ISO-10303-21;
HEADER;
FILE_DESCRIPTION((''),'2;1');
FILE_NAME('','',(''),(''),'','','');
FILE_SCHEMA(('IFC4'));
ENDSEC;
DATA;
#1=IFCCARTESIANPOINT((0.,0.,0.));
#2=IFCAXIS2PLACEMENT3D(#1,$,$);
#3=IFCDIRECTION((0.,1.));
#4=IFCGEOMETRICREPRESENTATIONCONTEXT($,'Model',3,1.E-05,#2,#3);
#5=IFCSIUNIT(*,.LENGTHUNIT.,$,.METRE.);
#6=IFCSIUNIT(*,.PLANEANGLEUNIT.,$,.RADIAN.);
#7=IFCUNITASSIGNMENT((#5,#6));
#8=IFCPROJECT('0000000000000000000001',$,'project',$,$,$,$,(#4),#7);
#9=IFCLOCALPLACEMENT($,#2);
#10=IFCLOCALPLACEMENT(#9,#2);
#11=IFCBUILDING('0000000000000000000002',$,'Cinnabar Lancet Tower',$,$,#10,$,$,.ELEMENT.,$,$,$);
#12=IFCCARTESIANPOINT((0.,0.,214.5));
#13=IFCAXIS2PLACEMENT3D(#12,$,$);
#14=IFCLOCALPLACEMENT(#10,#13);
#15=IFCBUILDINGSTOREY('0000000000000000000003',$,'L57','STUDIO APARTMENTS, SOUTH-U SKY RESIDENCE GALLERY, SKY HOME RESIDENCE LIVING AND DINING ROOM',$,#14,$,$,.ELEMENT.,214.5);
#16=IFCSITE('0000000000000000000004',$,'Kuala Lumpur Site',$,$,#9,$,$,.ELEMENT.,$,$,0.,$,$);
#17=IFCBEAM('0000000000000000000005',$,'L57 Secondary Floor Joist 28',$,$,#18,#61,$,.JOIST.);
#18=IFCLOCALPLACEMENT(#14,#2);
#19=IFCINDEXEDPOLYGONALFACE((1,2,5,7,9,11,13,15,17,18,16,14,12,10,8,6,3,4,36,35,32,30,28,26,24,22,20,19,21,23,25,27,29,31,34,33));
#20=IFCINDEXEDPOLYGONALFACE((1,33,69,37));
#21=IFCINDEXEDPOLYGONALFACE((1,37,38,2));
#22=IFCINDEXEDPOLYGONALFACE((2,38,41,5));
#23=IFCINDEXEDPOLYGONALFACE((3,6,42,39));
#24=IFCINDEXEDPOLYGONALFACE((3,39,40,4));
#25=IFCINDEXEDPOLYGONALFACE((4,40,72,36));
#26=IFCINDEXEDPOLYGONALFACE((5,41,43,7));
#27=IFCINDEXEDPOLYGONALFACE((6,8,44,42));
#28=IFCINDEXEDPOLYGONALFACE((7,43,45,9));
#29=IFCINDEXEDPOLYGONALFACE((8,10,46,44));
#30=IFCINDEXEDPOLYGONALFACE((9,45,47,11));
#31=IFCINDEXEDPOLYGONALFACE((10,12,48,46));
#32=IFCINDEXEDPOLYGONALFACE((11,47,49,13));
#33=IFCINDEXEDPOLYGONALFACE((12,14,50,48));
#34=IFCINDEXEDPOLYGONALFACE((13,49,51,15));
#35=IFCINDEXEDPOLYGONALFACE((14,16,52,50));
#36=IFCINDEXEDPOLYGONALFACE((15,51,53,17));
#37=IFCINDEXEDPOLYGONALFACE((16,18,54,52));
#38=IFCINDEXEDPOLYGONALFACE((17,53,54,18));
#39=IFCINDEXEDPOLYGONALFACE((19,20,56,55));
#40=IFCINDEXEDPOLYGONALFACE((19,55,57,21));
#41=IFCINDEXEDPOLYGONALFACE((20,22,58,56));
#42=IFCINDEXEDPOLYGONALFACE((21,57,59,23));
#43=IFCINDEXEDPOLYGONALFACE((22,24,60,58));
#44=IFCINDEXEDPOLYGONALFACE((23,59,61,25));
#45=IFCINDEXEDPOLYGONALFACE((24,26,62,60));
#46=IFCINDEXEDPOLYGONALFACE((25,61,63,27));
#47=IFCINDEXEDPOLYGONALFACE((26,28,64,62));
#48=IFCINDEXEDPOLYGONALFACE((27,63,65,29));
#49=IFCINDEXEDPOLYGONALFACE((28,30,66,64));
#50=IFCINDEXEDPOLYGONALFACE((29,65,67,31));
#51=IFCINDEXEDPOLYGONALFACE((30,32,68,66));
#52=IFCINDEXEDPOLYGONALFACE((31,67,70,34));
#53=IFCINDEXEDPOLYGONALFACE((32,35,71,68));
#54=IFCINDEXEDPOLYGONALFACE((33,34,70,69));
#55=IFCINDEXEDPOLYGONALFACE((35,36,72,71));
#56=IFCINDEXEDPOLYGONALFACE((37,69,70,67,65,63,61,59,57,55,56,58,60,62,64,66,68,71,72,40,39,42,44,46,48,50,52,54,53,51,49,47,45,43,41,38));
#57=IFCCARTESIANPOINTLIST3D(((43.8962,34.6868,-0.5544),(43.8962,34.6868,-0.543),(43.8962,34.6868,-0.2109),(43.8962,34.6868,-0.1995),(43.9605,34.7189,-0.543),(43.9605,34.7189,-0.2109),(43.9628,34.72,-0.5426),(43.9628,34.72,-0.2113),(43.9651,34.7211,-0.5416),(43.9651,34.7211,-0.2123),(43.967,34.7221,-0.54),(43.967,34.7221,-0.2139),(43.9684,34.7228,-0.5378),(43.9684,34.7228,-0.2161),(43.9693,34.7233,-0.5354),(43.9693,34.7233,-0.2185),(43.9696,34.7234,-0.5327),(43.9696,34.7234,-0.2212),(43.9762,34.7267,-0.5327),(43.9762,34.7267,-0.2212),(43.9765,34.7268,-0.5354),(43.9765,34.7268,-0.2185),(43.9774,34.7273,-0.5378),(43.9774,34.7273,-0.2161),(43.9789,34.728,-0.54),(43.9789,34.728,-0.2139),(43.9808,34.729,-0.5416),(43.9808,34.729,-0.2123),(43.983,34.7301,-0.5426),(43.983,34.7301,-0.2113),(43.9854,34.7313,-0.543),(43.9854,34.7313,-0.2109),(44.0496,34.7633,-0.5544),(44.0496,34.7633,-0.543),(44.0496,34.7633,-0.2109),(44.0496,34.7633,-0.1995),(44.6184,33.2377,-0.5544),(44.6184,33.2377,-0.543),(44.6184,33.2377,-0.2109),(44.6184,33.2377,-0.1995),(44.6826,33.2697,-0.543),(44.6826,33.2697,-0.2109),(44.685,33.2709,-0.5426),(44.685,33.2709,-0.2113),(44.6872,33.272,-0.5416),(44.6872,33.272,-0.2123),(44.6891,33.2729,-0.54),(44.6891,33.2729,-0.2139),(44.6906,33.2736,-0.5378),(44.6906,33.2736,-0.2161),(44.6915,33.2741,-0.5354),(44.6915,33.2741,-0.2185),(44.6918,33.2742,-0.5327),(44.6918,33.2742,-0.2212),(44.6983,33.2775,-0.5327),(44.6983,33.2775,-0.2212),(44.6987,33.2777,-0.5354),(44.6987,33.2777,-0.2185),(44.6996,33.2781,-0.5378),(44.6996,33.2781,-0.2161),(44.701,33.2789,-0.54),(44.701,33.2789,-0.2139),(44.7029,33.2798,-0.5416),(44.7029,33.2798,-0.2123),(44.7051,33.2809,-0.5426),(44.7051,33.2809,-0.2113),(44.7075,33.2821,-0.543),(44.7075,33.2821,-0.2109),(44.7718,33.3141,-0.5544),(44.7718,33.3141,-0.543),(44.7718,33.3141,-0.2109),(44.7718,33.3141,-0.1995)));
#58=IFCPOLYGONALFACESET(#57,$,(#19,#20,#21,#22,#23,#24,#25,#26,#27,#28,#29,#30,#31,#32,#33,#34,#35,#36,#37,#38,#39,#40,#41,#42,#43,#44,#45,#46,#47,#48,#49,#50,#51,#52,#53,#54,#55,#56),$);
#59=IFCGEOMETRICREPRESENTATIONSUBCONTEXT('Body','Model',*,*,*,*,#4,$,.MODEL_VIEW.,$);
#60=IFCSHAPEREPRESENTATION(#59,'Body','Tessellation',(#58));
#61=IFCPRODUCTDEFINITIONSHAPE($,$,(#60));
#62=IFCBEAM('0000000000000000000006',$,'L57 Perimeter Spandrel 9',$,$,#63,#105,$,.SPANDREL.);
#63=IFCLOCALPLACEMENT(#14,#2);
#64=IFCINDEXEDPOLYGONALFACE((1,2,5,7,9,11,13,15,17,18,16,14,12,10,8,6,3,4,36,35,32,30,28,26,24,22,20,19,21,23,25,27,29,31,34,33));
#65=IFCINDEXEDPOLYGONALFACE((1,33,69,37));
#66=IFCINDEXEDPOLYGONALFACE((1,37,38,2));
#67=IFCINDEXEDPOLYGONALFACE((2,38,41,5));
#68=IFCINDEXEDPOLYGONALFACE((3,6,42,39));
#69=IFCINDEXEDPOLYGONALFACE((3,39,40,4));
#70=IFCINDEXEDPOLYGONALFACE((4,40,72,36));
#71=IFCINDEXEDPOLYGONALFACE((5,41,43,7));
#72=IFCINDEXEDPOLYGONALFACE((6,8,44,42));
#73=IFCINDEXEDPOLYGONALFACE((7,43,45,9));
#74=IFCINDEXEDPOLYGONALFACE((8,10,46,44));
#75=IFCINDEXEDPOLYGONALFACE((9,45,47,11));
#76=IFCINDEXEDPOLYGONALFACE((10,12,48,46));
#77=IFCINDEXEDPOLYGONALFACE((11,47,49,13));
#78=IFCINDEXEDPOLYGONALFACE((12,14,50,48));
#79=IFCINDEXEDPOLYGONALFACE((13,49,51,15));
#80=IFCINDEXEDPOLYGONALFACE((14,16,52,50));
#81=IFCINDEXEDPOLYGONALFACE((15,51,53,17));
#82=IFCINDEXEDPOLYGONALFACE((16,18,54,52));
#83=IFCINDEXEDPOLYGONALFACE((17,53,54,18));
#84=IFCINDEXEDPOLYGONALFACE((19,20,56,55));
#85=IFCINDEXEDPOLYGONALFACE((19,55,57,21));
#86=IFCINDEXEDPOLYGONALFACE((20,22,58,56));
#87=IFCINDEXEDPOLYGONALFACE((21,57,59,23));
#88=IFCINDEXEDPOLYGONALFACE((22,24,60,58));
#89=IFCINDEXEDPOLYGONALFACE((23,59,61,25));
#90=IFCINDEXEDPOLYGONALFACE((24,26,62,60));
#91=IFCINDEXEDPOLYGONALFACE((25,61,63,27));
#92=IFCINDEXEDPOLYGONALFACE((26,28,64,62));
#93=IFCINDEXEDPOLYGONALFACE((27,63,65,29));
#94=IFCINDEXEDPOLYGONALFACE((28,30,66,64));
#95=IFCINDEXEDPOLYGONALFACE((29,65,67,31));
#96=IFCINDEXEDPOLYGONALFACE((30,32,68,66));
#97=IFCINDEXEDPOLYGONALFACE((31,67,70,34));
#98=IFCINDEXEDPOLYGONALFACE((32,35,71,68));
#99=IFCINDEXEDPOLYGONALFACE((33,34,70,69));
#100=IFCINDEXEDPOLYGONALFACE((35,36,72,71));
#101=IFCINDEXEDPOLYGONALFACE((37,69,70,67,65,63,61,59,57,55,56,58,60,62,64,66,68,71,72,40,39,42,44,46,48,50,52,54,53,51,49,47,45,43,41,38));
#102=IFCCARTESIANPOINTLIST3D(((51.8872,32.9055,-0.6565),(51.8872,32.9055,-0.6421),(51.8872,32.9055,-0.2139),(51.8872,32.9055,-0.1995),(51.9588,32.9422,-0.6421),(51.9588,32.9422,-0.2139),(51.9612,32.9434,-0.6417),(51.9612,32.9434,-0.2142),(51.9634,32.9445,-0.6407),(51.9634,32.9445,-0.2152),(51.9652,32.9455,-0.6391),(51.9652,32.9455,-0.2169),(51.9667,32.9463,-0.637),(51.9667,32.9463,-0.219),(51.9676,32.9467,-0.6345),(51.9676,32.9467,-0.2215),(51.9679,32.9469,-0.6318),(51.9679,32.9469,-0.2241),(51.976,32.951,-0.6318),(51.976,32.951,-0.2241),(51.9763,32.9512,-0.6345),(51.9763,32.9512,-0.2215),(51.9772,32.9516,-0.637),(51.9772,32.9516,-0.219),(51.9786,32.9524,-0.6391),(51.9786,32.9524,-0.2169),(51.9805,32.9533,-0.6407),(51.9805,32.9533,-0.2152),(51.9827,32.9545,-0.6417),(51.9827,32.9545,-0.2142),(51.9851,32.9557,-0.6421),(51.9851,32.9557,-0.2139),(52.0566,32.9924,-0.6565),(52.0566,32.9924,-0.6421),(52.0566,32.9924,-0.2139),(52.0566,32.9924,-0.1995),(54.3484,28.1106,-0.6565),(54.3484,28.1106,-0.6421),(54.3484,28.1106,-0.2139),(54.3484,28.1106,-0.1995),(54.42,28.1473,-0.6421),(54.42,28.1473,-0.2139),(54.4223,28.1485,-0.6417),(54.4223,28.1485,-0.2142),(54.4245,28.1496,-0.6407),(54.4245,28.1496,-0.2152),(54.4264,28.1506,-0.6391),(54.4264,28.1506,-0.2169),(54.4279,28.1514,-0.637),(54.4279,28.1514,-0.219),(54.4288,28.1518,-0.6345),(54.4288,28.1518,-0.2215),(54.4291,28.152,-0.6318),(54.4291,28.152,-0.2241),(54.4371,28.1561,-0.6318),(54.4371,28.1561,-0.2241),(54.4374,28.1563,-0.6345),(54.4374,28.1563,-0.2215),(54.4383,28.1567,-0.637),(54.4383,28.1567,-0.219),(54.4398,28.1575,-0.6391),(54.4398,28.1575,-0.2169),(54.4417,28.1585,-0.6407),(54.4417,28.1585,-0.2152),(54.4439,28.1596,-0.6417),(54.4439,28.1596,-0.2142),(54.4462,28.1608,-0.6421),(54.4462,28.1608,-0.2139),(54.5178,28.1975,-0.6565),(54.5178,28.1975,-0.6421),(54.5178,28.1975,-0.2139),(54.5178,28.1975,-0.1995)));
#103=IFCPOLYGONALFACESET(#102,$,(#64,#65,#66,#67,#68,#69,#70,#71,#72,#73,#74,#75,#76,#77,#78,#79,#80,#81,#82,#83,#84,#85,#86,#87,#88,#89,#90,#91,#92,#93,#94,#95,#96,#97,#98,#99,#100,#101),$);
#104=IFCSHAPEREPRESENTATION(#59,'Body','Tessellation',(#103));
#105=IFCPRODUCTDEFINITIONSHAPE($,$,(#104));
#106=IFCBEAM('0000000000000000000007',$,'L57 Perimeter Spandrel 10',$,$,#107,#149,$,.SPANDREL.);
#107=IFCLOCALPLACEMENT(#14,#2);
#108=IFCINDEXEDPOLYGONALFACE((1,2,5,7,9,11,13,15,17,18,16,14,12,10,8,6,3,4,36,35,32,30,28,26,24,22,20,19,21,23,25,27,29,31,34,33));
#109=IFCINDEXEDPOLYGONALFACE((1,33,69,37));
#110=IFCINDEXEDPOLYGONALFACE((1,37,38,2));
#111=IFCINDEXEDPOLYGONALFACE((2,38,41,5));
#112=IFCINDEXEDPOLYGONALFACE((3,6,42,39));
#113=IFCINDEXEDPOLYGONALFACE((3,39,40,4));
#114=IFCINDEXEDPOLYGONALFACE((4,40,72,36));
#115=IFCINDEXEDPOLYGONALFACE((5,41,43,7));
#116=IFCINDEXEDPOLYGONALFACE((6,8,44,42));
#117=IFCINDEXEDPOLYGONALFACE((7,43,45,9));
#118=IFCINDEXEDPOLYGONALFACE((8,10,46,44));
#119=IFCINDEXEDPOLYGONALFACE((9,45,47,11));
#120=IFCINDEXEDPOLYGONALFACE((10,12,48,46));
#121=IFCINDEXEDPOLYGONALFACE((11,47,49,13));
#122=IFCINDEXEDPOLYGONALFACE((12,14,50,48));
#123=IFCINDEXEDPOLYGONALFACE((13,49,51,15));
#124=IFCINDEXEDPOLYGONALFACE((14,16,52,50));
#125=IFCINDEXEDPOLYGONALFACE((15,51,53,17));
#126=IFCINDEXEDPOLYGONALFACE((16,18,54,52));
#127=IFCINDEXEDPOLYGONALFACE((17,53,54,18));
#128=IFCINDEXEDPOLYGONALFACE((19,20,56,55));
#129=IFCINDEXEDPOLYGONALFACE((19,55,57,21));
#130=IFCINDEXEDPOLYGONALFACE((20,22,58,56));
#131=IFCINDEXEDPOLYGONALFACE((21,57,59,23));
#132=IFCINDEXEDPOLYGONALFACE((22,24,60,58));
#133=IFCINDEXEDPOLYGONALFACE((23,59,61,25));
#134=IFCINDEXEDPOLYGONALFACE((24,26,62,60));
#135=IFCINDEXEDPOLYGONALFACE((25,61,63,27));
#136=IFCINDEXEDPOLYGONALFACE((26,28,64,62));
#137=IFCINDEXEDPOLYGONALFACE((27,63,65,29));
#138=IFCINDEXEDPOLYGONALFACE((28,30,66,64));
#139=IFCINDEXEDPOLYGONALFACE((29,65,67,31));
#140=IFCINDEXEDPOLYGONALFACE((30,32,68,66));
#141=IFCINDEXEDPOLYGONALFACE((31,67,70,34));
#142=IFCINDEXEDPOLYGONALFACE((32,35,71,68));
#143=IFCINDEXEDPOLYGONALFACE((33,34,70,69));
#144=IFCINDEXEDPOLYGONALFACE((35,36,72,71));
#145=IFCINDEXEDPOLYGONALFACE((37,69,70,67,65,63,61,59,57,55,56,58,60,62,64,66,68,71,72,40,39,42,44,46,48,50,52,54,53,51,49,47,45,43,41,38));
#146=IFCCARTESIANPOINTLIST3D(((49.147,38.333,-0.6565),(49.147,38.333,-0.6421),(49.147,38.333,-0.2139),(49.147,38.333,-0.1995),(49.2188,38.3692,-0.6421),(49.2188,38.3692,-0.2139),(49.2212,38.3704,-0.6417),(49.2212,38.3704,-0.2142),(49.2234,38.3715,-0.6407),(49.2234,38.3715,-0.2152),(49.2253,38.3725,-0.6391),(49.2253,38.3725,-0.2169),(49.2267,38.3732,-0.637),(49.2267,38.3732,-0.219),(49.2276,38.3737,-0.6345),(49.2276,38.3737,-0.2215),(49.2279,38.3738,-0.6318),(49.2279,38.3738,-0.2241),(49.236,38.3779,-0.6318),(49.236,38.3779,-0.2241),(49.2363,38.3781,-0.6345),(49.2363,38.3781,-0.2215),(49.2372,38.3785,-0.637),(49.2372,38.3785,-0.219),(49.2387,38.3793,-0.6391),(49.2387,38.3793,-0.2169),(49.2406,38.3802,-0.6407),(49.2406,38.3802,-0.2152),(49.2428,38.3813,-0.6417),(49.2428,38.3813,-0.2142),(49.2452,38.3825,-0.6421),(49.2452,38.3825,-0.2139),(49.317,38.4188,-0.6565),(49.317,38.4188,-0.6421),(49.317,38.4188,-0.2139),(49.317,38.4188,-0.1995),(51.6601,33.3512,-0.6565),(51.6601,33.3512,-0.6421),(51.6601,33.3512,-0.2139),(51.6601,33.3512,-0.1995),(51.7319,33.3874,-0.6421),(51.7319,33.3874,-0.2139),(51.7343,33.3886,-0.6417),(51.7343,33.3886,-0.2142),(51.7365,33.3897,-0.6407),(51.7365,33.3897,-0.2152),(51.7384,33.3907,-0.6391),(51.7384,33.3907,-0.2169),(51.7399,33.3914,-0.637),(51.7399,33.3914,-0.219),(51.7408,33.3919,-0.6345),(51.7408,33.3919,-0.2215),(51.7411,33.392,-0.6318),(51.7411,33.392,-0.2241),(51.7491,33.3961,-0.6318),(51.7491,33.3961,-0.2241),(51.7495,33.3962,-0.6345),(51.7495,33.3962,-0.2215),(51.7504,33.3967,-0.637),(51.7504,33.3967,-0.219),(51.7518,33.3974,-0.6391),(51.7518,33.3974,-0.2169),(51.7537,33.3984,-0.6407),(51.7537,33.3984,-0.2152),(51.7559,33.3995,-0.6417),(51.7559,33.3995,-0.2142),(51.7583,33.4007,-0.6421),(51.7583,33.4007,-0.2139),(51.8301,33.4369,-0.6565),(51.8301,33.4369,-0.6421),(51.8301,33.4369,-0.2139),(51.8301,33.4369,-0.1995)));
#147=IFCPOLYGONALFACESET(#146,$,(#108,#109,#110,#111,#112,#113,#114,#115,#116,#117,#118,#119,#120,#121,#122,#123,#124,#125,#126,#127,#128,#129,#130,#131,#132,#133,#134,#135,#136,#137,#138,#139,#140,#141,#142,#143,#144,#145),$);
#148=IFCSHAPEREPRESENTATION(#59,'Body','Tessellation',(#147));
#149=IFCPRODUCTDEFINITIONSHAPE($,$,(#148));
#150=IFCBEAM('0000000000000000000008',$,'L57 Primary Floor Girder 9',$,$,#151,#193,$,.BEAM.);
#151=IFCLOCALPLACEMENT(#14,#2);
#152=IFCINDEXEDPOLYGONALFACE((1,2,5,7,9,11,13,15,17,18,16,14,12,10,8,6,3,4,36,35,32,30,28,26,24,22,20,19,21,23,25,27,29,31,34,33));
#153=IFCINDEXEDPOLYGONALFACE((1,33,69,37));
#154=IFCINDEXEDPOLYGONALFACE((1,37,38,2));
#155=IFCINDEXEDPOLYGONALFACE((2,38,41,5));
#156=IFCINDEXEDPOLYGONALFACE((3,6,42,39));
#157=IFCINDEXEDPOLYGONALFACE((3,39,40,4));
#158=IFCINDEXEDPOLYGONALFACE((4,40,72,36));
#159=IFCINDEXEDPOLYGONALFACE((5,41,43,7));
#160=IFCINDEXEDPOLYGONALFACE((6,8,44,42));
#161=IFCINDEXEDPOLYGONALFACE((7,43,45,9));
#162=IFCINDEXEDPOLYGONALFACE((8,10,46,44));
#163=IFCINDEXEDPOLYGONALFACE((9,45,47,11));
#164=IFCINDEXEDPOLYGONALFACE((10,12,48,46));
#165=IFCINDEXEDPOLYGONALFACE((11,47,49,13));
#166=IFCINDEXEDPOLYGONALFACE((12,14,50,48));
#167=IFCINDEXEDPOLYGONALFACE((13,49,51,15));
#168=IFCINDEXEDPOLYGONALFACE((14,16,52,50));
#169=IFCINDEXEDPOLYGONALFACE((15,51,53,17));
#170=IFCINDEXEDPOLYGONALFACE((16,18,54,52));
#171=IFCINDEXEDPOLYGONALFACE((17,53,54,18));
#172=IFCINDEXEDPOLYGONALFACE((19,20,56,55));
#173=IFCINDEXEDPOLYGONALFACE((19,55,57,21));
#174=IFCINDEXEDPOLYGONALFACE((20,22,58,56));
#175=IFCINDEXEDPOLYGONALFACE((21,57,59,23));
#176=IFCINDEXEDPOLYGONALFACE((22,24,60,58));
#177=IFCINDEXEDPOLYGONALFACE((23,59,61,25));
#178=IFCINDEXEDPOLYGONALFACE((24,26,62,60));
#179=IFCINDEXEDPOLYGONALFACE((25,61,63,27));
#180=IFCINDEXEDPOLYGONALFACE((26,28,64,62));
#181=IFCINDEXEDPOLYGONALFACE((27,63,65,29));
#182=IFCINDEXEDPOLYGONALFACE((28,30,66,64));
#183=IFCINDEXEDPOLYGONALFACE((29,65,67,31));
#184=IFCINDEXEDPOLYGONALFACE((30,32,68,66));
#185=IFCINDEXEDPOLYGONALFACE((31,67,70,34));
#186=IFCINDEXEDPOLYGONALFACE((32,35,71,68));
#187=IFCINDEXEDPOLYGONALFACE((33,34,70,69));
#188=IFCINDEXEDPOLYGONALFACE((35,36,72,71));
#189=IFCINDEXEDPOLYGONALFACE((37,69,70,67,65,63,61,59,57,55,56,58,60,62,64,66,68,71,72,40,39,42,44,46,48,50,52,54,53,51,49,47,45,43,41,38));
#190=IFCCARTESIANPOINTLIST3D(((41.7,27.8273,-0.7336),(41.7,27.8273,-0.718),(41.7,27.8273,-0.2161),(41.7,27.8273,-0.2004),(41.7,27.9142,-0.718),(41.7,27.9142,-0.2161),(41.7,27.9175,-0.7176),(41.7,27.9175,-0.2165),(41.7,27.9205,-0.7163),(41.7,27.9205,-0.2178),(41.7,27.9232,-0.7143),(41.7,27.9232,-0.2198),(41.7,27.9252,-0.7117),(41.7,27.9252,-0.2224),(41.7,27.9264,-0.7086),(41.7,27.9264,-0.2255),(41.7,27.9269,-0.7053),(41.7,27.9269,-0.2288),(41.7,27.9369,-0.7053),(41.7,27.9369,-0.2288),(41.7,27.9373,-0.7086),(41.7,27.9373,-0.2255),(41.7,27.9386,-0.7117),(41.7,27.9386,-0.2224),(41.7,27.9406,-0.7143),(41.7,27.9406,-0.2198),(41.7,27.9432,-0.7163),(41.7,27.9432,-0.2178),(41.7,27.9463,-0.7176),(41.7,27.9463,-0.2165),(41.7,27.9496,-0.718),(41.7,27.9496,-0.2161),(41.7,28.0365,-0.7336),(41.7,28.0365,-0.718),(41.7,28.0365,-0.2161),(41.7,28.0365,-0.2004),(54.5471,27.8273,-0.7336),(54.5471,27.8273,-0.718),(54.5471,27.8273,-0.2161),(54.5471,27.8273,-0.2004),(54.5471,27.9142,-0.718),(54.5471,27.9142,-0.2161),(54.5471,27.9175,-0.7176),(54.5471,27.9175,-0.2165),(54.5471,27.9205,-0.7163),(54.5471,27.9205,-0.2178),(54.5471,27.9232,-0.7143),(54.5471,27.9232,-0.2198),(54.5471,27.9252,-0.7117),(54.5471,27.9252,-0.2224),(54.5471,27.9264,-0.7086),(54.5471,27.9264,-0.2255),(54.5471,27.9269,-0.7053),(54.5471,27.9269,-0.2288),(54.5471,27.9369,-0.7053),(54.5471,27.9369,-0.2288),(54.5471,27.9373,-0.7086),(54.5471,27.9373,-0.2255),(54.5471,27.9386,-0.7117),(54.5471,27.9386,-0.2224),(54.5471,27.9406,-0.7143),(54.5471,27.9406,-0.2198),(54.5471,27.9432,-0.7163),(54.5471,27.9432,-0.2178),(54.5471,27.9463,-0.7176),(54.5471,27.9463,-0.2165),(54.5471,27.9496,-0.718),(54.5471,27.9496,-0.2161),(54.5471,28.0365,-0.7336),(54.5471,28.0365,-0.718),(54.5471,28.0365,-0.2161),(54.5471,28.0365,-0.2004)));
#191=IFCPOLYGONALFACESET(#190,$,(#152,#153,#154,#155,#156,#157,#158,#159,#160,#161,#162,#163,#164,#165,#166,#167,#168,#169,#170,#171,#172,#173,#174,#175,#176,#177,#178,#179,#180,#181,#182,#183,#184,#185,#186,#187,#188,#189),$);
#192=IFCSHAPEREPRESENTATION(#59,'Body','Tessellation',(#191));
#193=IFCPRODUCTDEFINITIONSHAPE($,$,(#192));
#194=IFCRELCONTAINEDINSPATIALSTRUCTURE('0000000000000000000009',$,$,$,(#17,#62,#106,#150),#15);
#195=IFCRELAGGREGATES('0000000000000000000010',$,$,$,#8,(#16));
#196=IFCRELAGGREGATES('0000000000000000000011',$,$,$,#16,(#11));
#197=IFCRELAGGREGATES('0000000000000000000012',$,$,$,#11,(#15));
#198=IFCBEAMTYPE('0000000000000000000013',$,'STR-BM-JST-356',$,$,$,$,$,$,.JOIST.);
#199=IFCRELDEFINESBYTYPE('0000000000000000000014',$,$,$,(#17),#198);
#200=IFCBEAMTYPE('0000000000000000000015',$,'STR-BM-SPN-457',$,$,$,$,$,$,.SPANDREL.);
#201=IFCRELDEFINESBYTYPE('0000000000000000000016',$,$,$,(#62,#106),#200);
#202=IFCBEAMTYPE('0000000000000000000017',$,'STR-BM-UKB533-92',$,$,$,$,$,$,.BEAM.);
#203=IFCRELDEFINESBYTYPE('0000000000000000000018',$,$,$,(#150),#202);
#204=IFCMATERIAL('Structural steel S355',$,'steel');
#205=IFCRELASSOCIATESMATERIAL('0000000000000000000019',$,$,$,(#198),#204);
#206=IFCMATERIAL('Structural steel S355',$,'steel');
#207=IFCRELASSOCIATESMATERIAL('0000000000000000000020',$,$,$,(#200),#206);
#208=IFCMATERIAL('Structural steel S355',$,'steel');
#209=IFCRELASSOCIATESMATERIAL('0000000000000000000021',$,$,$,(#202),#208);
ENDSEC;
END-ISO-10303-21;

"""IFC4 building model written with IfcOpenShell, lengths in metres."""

from ifc_helpers import new_model, si_unit, direction, frame, origin, origin_2d, place, context, subcontext, project, spatial, i_section, extrude, material, material_profile, profile_set, type_object, element, save


model = new_model("IFC4")

# Units and contexts
model_context = context("Model", 3, precision=1e-05, world=origin(), true_north=direction((0.0, 1.0)))
body_context = subcontext(model_context, "Body", "Model", "MODEL_VIEW")
ifc_project = project(units=[si_unit("LENGTHUNIT", "METRE"), si_unit("PLANEANGLEUNIT", "RADIAN")], contexts=[model_context])

# Site, building, storey
site_placement = place(None, origin())
site = spatial("IfcSite", under=ifc_project, at=site_placement, Name="Kuala Lumpur Site", CompositionType="ELEMENT", RefElevation=0.0)
building_placement = place(site_placement, origin())
building = spatial("IfcBuilding", under=site, at=building_placement, Name="Cinnabar Lancet Tower", CompositionType="ELEMENT")
storey_placement = place(building_placement, frame((0.0, 0.0, 214.5)))
storey = spatial("IfcBuildingStorey", under=building, at=storey_placement, Name="L57", Description="STUDIO APARTMENTS, SOUTH-U SKY RESIDENCE GALLERY, SKY HOME RESIDENCE LIVING AND DINING ROOM", CompositionType="ELEMENT", Elevation=214.5)

# Beams
ifc_material_1 = material(Name="Structural steel S355", Category="steel")
ifc_material_profile_1 = material_profile(ifc_material_1, i_section(OverallWidth=0.1714, OverallDepth=0.355, WebThickness=0.0073, FlangeThickness=0.0115, FilletRadius=0.0103, at=origin_2d()), Name="UKB 356x171x51")
ifc_profile_set_1 = profile_set([ifc_material_profile_1], Name="Structural steel S355")
beam_type_1 = type_object("IfcBeamType", Name="STR-BM-JST-356", PredefinedType="JOIST", material=ifc_profile_set_1)
beam_1_placement = place(storey_placement, frame((44.6951, 33.2759, -0.377), z_axis=(-0.446007, 0.895029, 0.0), x_axis=(-0.895029, -0.446007, 0.0)))
element("IfcBeam", 1, at=beam_1_placement, inside=storey, type_object=beam_type_1, Name="L57 Secondary Floor Joist 28", PredefinedType="JOIST", context=body_context, shape_type="SweptSolid", body=[
    extrude(i_section(OverallWidth=0.1714, OverallDepth=0.355, WebThickness=0.0073, FlangeThickness=0.0115, FilletRadius=0.0103, at=origin_2d()), origin(), (0.0, 0.0, 1.0), 1.6191),
])
ifc_material_2 = material(Name="Structural steel S355", Category="steel")
ifc_material_profile_2 = material_profile(ifc_material_2, i_section(OverallWidth=0.1904, OverallDepth=0.457, WebThickness=0.009, FlangeThickness=0.0144, FilletRadius=0.0103, at=origin_2d()), Name="UKB 457x191x74")
ifc_profile_set_2 = profile_set([ifc_material_profile_2], Name="Structural steel S355")
beam_type_2 = type_object("IfcBeamType", Name="STR-BM-SPN-457", PredefinedType="SPANDREL", material=ifc_profile_set_2)
beam_2_placement = place(storey_placement, frame((54.4331, 28.1541, -0.428), z_axis=(-0.456647, 0.889648, 0.0), x_axis=(-0.889648, -0.456647, 0.0)))
element("IfcBeam", 2, at=beam_2_placement, inside=storey, type_object=beam_type_2, Name="L57 Perimeter Spandrel 9", PredefinedType="SPANDREL", context=body_context, shape_type="SweptSolid", body=[
    extrude(i_section(OverallWidth=0.1904, OverallDepth=0.457, WebThickness=0.009, FlangeThickness=0.0144, FilletRadius=0.0103, at=origin_2d()), origin(), (0.0, 0.0, 1.0), 5.3896),
])
beam_3_placement = place(storey_placement, frame((51.7451, 33.394, -0.428), z_axis=(-0.450396, 0.892829, 0.0), x_axis=(-0.892829, -0.450396, 0.0)))
element("IfcBeam", 3, at=beam_3_placement, inside=storey, type_object=beam_type_2, Name="L57 Perimeter Spandrel 10", PredefinedType="SPANDREL", context=body_context, shape_type="SweptSolid", body=[
    extrude(i_section(OverallWidth=0.1904, OverallDepth=0.457, WebThickness=0.009, FlangeThickness=0.0144, FilletRadius=0.0103, at=origin_2d()), origin(), (0.0, 0.0, 1.0), 5.5798),
])
ifc_material_3 = material(Name="Structural steel S355", Category="steel")
ifc_material_profile_3 = material_profile(ifc_material_3, i_section(OverallWidth=0.2092, OverallDepth=0.5332, WebThickness=0.01, FlangeThickness=0.0156, FilletRadius=0.0127, at=origin_2d()), Name="UKB 533x210x92")
ifc_profile_set_3 = profile_set([ifc_material_profile_3], Name="Structural steel S355")
beam_type_3 = type_object("IfcBeamType", Name="STR-BM-UKB533-92", PredefinedType="BEAM", material=ifc_profile_set_3)
beam_4_placement = place(storey_placement, frame((54.5471, 27.9319, -0.467), z_axis=(-1.0, 0.0, 0.0), x_axis=(0.0, -1.0, 0.0)))
element("IfcBeam", 4, at=beam_4_placement, inside=storey, type_object=beam_type_3, Name="L57 Primary Floor Girder 9", PredefinedType="BEAM", context=body_context, shape_type="SweptSolid", body=[
    extrude(i_section(OverallWidth=0.2092, OverallDepth=0.5332, WebThickness=0.01, FlangeThickness=0.0156, FilletRadius=0.0127, at=origin_2d()), origin(), (0.0, 0.0, 1.0), 12.8472),
])

save(model, "model.ifc")
